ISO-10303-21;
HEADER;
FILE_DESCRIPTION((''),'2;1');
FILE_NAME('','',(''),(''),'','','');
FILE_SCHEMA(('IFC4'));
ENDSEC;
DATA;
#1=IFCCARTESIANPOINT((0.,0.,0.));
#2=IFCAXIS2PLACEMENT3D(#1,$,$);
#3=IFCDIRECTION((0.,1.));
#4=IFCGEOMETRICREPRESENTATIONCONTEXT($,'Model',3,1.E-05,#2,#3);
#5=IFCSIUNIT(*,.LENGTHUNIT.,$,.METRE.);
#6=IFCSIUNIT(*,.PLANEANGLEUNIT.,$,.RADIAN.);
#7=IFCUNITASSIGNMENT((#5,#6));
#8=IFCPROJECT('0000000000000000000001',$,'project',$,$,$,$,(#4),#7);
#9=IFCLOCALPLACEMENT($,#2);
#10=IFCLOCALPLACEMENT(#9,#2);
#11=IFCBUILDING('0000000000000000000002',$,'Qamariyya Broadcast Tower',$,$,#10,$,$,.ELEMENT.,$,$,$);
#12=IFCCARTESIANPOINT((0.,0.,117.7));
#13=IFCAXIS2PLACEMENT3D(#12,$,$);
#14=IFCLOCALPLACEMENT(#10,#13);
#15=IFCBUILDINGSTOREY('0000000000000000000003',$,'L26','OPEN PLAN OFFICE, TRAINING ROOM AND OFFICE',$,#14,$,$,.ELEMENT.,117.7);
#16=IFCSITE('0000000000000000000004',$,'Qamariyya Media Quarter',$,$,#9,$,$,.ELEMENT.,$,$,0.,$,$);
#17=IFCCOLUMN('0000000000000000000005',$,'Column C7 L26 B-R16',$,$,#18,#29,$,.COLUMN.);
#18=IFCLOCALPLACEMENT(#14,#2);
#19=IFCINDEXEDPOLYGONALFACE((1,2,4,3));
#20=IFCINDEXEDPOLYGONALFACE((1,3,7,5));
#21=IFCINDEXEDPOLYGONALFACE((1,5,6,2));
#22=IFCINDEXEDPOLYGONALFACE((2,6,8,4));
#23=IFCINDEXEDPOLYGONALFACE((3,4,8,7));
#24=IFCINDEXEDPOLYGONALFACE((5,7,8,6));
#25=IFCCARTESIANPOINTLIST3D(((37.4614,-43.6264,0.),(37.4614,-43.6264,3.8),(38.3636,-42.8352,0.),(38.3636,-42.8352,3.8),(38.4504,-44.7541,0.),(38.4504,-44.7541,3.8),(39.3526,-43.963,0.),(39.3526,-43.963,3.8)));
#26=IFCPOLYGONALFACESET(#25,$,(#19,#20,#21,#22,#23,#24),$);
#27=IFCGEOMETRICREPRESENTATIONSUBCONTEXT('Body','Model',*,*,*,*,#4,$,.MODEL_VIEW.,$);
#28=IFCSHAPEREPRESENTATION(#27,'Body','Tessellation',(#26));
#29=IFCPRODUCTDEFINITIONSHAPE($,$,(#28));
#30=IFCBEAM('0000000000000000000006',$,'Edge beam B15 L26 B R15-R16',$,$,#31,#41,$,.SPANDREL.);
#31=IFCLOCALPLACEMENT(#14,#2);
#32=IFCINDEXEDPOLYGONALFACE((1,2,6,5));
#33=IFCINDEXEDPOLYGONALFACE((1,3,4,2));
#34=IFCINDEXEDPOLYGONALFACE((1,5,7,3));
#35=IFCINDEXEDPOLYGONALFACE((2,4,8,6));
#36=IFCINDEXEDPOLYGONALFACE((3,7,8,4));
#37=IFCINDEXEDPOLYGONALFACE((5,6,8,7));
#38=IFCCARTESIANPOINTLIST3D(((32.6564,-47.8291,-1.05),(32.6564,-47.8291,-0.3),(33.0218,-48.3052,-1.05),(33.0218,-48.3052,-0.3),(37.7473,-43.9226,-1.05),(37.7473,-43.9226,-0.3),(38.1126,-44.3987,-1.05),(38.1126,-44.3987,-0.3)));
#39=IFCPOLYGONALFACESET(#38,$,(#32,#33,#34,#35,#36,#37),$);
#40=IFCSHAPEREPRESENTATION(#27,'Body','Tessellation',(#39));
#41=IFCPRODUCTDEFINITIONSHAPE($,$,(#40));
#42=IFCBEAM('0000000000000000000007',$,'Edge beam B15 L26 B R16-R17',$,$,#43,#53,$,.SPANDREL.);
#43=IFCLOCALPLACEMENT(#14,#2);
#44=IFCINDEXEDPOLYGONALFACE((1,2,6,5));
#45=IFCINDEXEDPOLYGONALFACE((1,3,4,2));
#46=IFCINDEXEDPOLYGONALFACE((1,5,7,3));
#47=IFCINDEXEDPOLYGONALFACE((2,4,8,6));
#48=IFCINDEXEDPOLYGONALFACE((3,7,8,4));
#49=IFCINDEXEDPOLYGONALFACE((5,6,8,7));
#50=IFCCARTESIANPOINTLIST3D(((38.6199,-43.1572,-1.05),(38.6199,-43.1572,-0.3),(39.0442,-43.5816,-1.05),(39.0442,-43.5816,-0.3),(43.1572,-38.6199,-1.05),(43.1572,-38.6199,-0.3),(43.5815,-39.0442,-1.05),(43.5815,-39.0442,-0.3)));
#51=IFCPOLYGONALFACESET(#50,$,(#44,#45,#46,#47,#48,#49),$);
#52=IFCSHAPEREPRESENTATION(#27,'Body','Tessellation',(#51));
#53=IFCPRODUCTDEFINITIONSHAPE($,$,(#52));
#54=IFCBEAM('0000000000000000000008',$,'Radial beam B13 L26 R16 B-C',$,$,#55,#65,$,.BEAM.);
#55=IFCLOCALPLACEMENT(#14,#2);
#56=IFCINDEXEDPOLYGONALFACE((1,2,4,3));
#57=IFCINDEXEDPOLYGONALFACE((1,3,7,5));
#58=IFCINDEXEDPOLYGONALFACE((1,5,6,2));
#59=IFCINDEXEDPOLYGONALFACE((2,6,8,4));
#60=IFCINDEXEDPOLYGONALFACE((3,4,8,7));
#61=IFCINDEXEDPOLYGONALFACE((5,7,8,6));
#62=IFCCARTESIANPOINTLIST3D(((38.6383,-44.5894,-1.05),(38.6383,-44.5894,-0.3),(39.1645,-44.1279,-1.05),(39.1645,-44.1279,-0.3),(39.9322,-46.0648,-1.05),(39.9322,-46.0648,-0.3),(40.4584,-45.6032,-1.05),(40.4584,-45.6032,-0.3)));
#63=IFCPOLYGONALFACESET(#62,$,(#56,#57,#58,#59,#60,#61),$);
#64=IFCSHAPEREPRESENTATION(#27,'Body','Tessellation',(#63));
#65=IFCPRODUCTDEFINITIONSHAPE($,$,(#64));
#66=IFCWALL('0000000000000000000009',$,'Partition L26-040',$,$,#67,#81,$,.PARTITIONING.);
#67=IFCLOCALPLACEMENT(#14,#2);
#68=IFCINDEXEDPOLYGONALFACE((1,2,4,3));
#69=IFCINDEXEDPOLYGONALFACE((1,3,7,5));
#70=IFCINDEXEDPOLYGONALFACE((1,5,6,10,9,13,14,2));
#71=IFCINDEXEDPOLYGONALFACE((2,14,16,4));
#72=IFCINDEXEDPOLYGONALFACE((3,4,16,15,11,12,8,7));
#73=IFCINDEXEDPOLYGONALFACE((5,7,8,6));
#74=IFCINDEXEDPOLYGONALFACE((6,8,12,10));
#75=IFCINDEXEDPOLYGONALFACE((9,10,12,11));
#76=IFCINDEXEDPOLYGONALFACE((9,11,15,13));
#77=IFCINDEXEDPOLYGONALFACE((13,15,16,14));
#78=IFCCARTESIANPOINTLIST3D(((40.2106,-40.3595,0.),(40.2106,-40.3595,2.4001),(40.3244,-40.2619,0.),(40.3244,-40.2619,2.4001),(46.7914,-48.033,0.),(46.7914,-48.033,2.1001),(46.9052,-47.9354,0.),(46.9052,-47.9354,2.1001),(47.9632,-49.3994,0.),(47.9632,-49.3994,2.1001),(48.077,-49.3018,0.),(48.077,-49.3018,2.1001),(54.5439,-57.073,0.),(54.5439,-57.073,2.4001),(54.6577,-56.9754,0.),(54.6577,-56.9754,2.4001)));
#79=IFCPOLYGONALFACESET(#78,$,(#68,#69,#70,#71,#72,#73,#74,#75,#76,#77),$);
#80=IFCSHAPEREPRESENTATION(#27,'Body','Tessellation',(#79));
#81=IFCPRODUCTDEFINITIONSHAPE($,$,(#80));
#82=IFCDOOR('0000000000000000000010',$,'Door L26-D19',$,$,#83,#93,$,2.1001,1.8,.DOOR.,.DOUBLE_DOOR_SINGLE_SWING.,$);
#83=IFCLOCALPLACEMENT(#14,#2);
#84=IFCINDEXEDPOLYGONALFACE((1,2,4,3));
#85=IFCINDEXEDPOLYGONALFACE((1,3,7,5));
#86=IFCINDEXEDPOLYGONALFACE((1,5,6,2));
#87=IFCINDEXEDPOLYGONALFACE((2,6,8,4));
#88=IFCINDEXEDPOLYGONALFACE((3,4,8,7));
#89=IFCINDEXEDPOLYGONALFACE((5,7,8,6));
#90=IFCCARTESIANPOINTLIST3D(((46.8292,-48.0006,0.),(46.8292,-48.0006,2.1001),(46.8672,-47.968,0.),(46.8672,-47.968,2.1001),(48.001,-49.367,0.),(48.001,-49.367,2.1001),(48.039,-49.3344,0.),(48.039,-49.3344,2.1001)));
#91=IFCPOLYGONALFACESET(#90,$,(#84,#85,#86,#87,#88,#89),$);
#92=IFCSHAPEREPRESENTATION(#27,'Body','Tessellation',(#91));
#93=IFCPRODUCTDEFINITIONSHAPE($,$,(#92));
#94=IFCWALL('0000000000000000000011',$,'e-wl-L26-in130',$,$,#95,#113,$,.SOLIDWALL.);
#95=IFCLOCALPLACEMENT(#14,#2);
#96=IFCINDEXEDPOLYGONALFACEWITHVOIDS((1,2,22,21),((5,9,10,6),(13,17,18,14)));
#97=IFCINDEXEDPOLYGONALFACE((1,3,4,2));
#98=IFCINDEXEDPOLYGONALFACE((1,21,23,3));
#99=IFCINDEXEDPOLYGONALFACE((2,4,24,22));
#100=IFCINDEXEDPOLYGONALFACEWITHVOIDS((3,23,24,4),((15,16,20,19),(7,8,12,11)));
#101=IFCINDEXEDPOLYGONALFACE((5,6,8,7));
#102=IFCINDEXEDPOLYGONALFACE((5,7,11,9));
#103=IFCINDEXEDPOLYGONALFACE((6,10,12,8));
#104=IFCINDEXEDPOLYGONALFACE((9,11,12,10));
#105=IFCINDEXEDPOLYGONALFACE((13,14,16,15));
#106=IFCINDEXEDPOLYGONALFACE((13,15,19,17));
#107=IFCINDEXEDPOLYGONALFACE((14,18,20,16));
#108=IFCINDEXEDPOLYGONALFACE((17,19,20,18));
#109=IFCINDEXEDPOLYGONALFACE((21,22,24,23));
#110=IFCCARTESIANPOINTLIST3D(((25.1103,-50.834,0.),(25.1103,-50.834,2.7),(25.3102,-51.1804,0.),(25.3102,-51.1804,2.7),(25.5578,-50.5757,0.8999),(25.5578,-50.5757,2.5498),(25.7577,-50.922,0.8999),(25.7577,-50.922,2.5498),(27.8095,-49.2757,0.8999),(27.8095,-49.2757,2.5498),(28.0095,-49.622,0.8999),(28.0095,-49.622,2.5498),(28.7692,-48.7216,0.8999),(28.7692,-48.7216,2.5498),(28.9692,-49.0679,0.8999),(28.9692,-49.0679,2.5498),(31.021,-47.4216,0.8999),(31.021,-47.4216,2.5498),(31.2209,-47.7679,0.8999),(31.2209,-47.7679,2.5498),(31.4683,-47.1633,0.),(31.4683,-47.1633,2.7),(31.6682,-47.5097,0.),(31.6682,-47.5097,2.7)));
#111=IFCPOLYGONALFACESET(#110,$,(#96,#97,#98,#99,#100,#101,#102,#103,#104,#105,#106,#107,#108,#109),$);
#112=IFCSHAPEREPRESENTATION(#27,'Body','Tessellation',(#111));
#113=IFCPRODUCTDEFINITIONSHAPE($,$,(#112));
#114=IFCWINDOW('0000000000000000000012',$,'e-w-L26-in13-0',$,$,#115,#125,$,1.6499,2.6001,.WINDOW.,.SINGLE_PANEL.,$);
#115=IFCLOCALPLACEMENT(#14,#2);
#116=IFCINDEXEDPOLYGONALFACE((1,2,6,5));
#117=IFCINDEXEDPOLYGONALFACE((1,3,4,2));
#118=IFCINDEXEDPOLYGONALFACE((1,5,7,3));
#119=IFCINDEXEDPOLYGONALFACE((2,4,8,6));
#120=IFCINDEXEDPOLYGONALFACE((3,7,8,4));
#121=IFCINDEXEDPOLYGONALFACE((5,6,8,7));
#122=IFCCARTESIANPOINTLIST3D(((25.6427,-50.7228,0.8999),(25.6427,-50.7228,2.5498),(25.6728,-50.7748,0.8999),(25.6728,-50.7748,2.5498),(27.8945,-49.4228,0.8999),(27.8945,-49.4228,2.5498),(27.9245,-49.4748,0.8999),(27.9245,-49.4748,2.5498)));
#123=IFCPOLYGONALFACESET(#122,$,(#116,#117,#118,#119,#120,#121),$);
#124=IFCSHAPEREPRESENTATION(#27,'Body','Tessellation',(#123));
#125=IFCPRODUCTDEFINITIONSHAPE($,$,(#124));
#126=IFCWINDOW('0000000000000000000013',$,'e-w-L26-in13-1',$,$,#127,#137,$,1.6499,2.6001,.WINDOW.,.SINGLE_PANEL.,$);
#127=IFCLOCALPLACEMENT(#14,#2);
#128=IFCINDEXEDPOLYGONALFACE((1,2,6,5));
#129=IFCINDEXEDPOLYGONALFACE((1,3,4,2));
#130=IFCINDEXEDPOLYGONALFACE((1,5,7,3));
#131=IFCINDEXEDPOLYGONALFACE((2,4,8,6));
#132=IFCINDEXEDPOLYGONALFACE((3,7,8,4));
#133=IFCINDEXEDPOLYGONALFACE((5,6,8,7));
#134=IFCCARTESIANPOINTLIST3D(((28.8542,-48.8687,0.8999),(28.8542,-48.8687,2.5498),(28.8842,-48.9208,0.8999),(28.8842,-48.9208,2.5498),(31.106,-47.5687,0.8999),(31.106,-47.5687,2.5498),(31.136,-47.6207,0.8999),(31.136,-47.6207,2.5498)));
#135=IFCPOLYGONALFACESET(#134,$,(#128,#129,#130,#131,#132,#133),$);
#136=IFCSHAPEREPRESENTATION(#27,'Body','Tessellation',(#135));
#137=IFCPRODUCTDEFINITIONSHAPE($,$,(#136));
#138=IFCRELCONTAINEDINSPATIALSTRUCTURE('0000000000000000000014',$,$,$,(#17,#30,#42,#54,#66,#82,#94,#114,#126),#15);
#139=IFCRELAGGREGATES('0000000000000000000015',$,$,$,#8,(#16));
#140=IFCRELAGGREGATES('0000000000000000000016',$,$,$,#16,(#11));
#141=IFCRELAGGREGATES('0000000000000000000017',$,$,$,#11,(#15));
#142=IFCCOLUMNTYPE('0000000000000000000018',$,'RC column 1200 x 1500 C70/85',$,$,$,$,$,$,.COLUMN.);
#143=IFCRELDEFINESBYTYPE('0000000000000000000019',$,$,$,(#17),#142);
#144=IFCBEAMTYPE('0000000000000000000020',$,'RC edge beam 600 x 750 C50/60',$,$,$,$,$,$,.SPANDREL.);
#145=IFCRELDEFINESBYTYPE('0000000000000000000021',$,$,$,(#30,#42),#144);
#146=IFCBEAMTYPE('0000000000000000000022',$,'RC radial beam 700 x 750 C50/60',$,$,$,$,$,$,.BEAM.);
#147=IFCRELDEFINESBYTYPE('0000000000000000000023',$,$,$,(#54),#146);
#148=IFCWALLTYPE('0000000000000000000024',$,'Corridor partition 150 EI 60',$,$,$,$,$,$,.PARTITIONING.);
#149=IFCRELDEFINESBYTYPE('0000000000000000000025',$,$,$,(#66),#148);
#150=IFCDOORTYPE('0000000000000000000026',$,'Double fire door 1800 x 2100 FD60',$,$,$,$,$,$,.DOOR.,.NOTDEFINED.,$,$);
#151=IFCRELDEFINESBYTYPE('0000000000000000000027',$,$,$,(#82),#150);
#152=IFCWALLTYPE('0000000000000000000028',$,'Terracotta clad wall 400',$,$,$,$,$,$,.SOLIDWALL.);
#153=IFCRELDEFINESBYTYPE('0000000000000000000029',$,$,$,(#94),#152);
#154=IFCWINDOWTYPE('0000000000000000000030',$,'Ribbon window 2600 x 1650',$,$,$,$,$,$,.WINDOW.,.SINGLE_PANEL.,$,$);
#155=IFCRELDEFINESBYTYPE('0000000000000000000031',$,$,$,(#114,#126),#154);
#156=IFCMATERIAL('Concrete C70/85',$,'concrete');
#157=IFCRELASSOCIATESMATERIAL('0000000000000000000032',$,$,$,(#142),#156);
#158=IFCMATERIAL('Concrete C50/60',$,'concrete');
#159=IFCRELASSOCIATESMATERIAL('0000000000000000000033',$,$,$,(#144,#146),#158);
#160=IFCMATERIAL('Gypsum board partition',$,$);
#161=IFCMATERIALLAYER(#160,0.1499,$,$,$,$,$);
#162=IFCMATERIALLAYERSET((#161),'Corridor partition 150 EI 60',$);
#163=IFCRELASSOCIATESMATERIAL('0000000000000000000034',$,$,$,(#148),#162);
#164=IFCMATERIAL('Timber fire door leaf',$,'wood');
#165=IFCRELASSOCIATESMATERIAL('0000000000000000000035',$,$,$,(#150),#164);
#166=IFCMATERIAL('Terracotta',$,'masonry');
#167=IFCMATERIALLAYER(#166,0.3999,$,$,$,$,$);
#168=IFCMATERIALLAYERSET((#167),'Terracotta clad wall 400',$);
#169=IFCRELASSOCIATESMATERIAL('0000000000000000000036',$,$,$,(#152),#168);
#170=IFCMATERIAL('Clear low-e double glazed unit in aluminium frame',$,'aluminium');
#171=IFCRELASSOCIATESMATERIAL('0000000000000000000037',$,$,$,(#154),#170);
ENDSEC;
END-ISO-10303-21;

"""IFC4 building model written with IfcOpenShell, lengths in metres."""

from ifc_helpers import new_model, si_unit, direction, frame, frame_2d, origin, origin_2d, place, context, subcontext, project, spatial, rectangle, extrude, material, layer, layer_set, material_profile, profile_set, type_object, element, fill, save


model = new_model("IFC4")

# Units and contexts
model_context = context("Model", 3, precision=1e-05, world=origin(), true_north=direction((0.0, 1.0)))
body_context = subcontext(model_context, "Body", "Model", "MODEL_VIEW")
ifc_project = project(units=[si_unit("LENGTHUNIT", "METRE"), si_unit("PLANEANGLEUNIT", "RADIAN")], contexts=[model_context])

# Site, building, storey
site_placement = place(None, origin())
site = spatial("IfcSite", under=ifc_project, at=site_placement, Name="Qamariyya Media Quarter", CompositionType="ELEMENT", RefElevation=0.0)
building_placement = place(site_placement, origin())
building = spatial("IfcBuilding", under=site, at=building_placement, Name="Qamariyya Broadcast Tower", CompositionType="ELEMENT")
storey_placement = place(building_placement, frame((0.0, 0.0, 117.7)))
storey = spatial("IfcBuildingStorey", under=building, at=storey_placement, Name="L26", Description="OPEN PLAN OFFICE, TRAINING ROOM AND OFFICE", CompositionType="ELEMENT", Elevation=117.7)

# Column
ifc_material_1 = material(Name="Concrete C70/85", Category="concrete")
ifc_material_profile_1 = material_profile(ifc_material_1, rectangle(XDim=1.2, YDim=1.5, at=origin_2d()))
ifc_profile_set_1 = profile_set([ifc_material_profile_1], Name="Concrete C70/85")
column_type = type_object("IfcColumnType", Name="RC column 1200 x 1500 C70/85", PredefinedType="COLUMN", material=ifc_profile_set_1)
column_placement = place(storey_placement, frame((38.407, -43.7947, 0.0), z_axis=(0.0, 0.0, 1.0), x_axis=(0.75184, 0.659346, 0.0)))
element("IfcColumn", 1, at=column_placement, inside=storey, type_object=column_type, Name="Column C7 L26 B-R16", PredefinedType="COLUMN", context=body_context, shape_type="SweptSolid", body=[
    extrude(rectangle(XDim=1.2, YDim=1.5, at=origin_2d()), origin(), (0.0, 0.0, 1.0), 3.8),
])

# Beams
ifc_material_2 = material(Name="Concrete C50/60", Category="concrete")
ifc_material_profile_2 = material_profile(ifc_material_2, rectangle(XDim=0.6001, YDim=0.75, at=origin_2d()))
ifc_profile_set_2 = profile_set([ifc_material_profile_2], Name="Concrete C50/60")
beam_type_1 = type_object("IfcBeamType", Name="RC edge beam 600 x 750 C50/60", PredefinedType="SPANDREL", material=ifc_profile_set_2)
beam_1_placement = place(storey_placement, frame((32.8391, -48.0671, -0.675), z_axis=(0.793341, 0.608778, 0.0), x_axis=(-0.608778, 0.793341, 0.0)))
element("IfcBeam", 2, at=beam_1_placement, inside=storey, type_object=beam_type_1, Name="Edge beam B15 L26 B R15-R16", PredefinedType="SPANDREL", context=body_context, shape_type="SweptSolid", body=[
    extrude(rectangle(XDim=0.6001, YDim=0.75, at=origin_2d()), origin(), (0.0, 0.0, 1.0), 6.417),
])
beam_2_placement = place(storey_placement, frame((38.832, -43.3694, -0.675), z_axis=(0.707107, 0.707107, 0.0), x_axis=(-0.707107, 0.707107, 0.0)))
element("IfcBeam", 3, at=beam_2_placement, inside=storey, type_object=beam_type_1, Name="Edge beam B15 L26 B R16-R17", PredefinedType="SPANDREL", context=body_context, shape_type="SweptSolid", body=[
    extrude(rectangle(XDim=0.6001, YDim=0.75, at=origin_2d()), origin(), (0.0, 0.0, 1.0), 6.4167),
])
ifc_material_profile_3 = material_profile(ifc_material_2, rectangle(XDim=0.7, YDim=0.75, at=origin_2d()))
ifc_profile_set_3 = profile_set([ifc_material_profile_3], Name="Concrete C50/60")
beam_type_2 = type_object("IfcBeamType", Name="RC radial beam 700 x 750 C50/60", PredefinedType="BEAM", material=ifc_profile_set_3)
beam_3_placement = place(storey_placement, frame((38.9014, -44.3586, -0.675), z_axis=(0.659376, -0.751813, 0.0), x_axis=(0.751813, 0.659376, 0.0)))
element("IfcBeam", 4, at=beam_3_placement, inside=storey, type_object=beam_type_2, Name="Radial beam B13 L26 R16 B-C", PredefinedType="BEAM", context=body_context, shape_type="SweptSolid", body=[
    extrude(rectangle(XDim=0.7, YDim=0.75, at=origin_2d()), origin(), (0.0, 0.0, 1.0), 1.9624),
])

# Wall, opening, door
ifc_material_3 = material(Name="Gypsum board partition")
ifc_layer_1 = layer(ifc_material_3, 0.1499)
ifc_layer_set_1 = layer_set([ifc_layer_1], Name="Corridor partition 150 EI 60")
wall_type_1 = type_object("IfcWallType", Name="Corridor partition 150 EI 60", PredefinedType="PARTITIONING", material=ifc_layer_set_1)
wall_1_placement = place(storey_placement, frame((40.2676, -40.3108, 0.0), z_axis=(0.0, 0.0, 1.0), x_axis=(0.650988, -0.759088, 0.0)))
wall_1 = element("IfcWall", 5, at=wall_1_placement, inside=storey, type_object=wall_type_1, Name="Partition L26-040", PredefinedType="PARTITIONING", context=body_context, shape_type="SweptSolid", body=[
    extrude(rectangle(XDim=22.0178, YDim=0.1499, at=frame_2d((11.0088, 0.0))), origin(), (0.0, 0.0, 1.0), 2.4001),
])
opening_1_placement = place(wall_1_placement, frame((10.1089, 0.0, 0.0)))
opening_1 = element("IfcOpeningElement", 6, at=opening_1_placement, cuts=wall_1, PredefinedType="OPENING", context=body_context, shape_type="SweptSolid", body=[
    extrude(rectangle(XDim=1.8, YDim=2.1001, at=frame_2d((0.8999, 1.05))), frame((0.0, 0.085, 0.0), z_axis=(0.0, -1.0, 0.0), x_axis=(1.0, 0.0, 0.0)), (0.0, 0.0, 1.0), 0.1699),
])
ifc_material_4 = material(Name="Timber fire door leaf", Category="wood")
door_type = type_object("IfcDoorType", Name="Double fire door 1800 x 2100 FD60", OperationType="NOTDEFINED", PredefinedType="DOOR", material=ifc_material_4)
door_placement = place(opening_1_placement, origin())
door = element("IfcDoor", 7, at=door_placement, inside=storey, type_object=door_type, Name="Door L26-D19", OperationType="DOUBLE_DOOR_SINGLE_SWING", OverallHeight=2.1001, OverallWidth=1.8, PredefinedType="DOOR", context=body_context, shape_type="SweptSolid", body=[
    extrude(rectangle(XDim=1.8, YDim=2.1001, at=frame_2d((0.8999, 1.05))), frame((0.0, 0.0249, 0.0), z_axis=(0.0, -1.0, 0.0), x_axis=(1.0, 0.0, 0.0)), (0.0, 0.0, 1.0), 0.05),
])
fill(opening_1, door)

# Wall, openings, windows
ifc_material_5 = material(Name="Terracotta", Category="masonry")
ifc_layer_2 = layer(ifc_material_5, 0.3999)
ifc_layer_set_2 = layer_set([ifc_layer_2], Name="Terracotta clad wall 400")
wall_type_2 = type_object("IfcWallType", Name="Terracotta clad wall 400", PredefinedType="SOLIDWALL", material=ifc_layer_set_2)
wall_2_placement = place(storey_placement, frame((31.5684, -47.3364, 0.0), z_axis=(0.0, 0.0, 1.0), x_axis=(-0.866031, -0.499991, 0.0)))
wall_2 = element("IfcWall", 8, at=wall_2_placement, inside=storey, type_object=wall_type_2, Name="e-wl-L26-in130", PredefinedType="SOLIDWALL", context=body_context, shape_type="SweptSolid", body=[
    extrude(rectangle(XDim=7.3416, YDim=0.3999, at=frame_2d((3.6709, 0.0))), origin(), (0.0, 0.0, 1.0), 2.7),
])
opening_2_placement = place(wall_2_placement, frame((4.2249, 0.0, 0.8999)))
opening_2 = element("IfcOpeningElement", 9, at=opening_2_placement, cuts=wall_2, PredefinedType="OPENING", context=body_context, shape_type="SweptSolid", body=[
    extrude(rectangle(XDim=2.6001, YDim=1.6499, at=frame_2d((1.3, 0.825))), frame((0.0, 0.21, 0.0), z_axis=(0.0, -1.0, 0.0), x_axis=(1.0, 0.0, 0.0)), (0.0, 0.0, 1.0), 0.4199),
])
opening_3_placement = place(wall_2_placement, frame((0.5166, 0.0, 0.8999)))
opening_3 = element("IfcOpeningElement", 10, at=opening_3_placement, cuts=wall_2, PredefinedType="OPENING", context=body_context, shape_type="SweptSolid", body=[
    extrude(rectangle(XDim=2.6001, YDim=1.6499, at=frame_2d((1.3, 0.825))), frame((0.0, 0.21, 0.0), z_axis=(0.0, -1.0, 0.0), x_axis=(1.0, 0.0, 0.0)), (0.0, 0.0, 1.0), 0.4199),
])
ifc_material_6 = material(Name="Clear low-e double glazed unit in aluminium frame", Category="aluminium")
window_type = type_object("IfcWindowType", Name="Ribbon window 2600 x 1650", PartitioningType="SINGLE_PANEL", PredefinedType="WINDOW", material=ifc_material_6)
window_1_placement = place(opening_2_placement, origin())
window_1 = element("IfcWindow", 11, at=window_1_placement, inside=storey, type_object=window_type, Name="e-w-L26-in13-0", OverallHeight=1.6499, OverallWidth=2.6001, PartitioningType="SINGLE_PANEL", PredefinedType="WINDOW", context=body_context, shape_type="SweptSolid", body=[
    extrude(rectangle(XDim=2.6001, YDim=1.6499, at=frame_2d((1.3, 0.825))), frame((0.0, 0.03, 0.0), z_axis=(0.0, -1.0, 0.0), x_axis=(1.0, 0.0, 0.0)), (0.0, 0.0, 1.0), 0.0601),
])
fill(opening_2, window_1)
window_2_placement = place(opening_3_placement, origin())
window_2 = element("IfcWindow", 12, at=window_2_placement, inside=storey, type_object=window_type, Name="e-w-L26-in13-1", OverallHeight=1.6499, OverallWidth=2.6001, PartitioningType="SINGLE_PANEL", PredefinedType="WINDOW", context=body_context, shape_type="SweptSolid", body=[
    extrude(rectangle(XDim=2.6001, YDim=1.6499, at=frame_2d((1.3, 0.825))), frame((0.0, 0.03, 0.0), z_axis=(0.0, -1.0, 0.0), x_axis=(1.0, 0.0, 0.0)), (0.0, 0.0, 1.0), 0.0601),
])
fill(opening_3, window_2)

save(model, "model.ifc")
